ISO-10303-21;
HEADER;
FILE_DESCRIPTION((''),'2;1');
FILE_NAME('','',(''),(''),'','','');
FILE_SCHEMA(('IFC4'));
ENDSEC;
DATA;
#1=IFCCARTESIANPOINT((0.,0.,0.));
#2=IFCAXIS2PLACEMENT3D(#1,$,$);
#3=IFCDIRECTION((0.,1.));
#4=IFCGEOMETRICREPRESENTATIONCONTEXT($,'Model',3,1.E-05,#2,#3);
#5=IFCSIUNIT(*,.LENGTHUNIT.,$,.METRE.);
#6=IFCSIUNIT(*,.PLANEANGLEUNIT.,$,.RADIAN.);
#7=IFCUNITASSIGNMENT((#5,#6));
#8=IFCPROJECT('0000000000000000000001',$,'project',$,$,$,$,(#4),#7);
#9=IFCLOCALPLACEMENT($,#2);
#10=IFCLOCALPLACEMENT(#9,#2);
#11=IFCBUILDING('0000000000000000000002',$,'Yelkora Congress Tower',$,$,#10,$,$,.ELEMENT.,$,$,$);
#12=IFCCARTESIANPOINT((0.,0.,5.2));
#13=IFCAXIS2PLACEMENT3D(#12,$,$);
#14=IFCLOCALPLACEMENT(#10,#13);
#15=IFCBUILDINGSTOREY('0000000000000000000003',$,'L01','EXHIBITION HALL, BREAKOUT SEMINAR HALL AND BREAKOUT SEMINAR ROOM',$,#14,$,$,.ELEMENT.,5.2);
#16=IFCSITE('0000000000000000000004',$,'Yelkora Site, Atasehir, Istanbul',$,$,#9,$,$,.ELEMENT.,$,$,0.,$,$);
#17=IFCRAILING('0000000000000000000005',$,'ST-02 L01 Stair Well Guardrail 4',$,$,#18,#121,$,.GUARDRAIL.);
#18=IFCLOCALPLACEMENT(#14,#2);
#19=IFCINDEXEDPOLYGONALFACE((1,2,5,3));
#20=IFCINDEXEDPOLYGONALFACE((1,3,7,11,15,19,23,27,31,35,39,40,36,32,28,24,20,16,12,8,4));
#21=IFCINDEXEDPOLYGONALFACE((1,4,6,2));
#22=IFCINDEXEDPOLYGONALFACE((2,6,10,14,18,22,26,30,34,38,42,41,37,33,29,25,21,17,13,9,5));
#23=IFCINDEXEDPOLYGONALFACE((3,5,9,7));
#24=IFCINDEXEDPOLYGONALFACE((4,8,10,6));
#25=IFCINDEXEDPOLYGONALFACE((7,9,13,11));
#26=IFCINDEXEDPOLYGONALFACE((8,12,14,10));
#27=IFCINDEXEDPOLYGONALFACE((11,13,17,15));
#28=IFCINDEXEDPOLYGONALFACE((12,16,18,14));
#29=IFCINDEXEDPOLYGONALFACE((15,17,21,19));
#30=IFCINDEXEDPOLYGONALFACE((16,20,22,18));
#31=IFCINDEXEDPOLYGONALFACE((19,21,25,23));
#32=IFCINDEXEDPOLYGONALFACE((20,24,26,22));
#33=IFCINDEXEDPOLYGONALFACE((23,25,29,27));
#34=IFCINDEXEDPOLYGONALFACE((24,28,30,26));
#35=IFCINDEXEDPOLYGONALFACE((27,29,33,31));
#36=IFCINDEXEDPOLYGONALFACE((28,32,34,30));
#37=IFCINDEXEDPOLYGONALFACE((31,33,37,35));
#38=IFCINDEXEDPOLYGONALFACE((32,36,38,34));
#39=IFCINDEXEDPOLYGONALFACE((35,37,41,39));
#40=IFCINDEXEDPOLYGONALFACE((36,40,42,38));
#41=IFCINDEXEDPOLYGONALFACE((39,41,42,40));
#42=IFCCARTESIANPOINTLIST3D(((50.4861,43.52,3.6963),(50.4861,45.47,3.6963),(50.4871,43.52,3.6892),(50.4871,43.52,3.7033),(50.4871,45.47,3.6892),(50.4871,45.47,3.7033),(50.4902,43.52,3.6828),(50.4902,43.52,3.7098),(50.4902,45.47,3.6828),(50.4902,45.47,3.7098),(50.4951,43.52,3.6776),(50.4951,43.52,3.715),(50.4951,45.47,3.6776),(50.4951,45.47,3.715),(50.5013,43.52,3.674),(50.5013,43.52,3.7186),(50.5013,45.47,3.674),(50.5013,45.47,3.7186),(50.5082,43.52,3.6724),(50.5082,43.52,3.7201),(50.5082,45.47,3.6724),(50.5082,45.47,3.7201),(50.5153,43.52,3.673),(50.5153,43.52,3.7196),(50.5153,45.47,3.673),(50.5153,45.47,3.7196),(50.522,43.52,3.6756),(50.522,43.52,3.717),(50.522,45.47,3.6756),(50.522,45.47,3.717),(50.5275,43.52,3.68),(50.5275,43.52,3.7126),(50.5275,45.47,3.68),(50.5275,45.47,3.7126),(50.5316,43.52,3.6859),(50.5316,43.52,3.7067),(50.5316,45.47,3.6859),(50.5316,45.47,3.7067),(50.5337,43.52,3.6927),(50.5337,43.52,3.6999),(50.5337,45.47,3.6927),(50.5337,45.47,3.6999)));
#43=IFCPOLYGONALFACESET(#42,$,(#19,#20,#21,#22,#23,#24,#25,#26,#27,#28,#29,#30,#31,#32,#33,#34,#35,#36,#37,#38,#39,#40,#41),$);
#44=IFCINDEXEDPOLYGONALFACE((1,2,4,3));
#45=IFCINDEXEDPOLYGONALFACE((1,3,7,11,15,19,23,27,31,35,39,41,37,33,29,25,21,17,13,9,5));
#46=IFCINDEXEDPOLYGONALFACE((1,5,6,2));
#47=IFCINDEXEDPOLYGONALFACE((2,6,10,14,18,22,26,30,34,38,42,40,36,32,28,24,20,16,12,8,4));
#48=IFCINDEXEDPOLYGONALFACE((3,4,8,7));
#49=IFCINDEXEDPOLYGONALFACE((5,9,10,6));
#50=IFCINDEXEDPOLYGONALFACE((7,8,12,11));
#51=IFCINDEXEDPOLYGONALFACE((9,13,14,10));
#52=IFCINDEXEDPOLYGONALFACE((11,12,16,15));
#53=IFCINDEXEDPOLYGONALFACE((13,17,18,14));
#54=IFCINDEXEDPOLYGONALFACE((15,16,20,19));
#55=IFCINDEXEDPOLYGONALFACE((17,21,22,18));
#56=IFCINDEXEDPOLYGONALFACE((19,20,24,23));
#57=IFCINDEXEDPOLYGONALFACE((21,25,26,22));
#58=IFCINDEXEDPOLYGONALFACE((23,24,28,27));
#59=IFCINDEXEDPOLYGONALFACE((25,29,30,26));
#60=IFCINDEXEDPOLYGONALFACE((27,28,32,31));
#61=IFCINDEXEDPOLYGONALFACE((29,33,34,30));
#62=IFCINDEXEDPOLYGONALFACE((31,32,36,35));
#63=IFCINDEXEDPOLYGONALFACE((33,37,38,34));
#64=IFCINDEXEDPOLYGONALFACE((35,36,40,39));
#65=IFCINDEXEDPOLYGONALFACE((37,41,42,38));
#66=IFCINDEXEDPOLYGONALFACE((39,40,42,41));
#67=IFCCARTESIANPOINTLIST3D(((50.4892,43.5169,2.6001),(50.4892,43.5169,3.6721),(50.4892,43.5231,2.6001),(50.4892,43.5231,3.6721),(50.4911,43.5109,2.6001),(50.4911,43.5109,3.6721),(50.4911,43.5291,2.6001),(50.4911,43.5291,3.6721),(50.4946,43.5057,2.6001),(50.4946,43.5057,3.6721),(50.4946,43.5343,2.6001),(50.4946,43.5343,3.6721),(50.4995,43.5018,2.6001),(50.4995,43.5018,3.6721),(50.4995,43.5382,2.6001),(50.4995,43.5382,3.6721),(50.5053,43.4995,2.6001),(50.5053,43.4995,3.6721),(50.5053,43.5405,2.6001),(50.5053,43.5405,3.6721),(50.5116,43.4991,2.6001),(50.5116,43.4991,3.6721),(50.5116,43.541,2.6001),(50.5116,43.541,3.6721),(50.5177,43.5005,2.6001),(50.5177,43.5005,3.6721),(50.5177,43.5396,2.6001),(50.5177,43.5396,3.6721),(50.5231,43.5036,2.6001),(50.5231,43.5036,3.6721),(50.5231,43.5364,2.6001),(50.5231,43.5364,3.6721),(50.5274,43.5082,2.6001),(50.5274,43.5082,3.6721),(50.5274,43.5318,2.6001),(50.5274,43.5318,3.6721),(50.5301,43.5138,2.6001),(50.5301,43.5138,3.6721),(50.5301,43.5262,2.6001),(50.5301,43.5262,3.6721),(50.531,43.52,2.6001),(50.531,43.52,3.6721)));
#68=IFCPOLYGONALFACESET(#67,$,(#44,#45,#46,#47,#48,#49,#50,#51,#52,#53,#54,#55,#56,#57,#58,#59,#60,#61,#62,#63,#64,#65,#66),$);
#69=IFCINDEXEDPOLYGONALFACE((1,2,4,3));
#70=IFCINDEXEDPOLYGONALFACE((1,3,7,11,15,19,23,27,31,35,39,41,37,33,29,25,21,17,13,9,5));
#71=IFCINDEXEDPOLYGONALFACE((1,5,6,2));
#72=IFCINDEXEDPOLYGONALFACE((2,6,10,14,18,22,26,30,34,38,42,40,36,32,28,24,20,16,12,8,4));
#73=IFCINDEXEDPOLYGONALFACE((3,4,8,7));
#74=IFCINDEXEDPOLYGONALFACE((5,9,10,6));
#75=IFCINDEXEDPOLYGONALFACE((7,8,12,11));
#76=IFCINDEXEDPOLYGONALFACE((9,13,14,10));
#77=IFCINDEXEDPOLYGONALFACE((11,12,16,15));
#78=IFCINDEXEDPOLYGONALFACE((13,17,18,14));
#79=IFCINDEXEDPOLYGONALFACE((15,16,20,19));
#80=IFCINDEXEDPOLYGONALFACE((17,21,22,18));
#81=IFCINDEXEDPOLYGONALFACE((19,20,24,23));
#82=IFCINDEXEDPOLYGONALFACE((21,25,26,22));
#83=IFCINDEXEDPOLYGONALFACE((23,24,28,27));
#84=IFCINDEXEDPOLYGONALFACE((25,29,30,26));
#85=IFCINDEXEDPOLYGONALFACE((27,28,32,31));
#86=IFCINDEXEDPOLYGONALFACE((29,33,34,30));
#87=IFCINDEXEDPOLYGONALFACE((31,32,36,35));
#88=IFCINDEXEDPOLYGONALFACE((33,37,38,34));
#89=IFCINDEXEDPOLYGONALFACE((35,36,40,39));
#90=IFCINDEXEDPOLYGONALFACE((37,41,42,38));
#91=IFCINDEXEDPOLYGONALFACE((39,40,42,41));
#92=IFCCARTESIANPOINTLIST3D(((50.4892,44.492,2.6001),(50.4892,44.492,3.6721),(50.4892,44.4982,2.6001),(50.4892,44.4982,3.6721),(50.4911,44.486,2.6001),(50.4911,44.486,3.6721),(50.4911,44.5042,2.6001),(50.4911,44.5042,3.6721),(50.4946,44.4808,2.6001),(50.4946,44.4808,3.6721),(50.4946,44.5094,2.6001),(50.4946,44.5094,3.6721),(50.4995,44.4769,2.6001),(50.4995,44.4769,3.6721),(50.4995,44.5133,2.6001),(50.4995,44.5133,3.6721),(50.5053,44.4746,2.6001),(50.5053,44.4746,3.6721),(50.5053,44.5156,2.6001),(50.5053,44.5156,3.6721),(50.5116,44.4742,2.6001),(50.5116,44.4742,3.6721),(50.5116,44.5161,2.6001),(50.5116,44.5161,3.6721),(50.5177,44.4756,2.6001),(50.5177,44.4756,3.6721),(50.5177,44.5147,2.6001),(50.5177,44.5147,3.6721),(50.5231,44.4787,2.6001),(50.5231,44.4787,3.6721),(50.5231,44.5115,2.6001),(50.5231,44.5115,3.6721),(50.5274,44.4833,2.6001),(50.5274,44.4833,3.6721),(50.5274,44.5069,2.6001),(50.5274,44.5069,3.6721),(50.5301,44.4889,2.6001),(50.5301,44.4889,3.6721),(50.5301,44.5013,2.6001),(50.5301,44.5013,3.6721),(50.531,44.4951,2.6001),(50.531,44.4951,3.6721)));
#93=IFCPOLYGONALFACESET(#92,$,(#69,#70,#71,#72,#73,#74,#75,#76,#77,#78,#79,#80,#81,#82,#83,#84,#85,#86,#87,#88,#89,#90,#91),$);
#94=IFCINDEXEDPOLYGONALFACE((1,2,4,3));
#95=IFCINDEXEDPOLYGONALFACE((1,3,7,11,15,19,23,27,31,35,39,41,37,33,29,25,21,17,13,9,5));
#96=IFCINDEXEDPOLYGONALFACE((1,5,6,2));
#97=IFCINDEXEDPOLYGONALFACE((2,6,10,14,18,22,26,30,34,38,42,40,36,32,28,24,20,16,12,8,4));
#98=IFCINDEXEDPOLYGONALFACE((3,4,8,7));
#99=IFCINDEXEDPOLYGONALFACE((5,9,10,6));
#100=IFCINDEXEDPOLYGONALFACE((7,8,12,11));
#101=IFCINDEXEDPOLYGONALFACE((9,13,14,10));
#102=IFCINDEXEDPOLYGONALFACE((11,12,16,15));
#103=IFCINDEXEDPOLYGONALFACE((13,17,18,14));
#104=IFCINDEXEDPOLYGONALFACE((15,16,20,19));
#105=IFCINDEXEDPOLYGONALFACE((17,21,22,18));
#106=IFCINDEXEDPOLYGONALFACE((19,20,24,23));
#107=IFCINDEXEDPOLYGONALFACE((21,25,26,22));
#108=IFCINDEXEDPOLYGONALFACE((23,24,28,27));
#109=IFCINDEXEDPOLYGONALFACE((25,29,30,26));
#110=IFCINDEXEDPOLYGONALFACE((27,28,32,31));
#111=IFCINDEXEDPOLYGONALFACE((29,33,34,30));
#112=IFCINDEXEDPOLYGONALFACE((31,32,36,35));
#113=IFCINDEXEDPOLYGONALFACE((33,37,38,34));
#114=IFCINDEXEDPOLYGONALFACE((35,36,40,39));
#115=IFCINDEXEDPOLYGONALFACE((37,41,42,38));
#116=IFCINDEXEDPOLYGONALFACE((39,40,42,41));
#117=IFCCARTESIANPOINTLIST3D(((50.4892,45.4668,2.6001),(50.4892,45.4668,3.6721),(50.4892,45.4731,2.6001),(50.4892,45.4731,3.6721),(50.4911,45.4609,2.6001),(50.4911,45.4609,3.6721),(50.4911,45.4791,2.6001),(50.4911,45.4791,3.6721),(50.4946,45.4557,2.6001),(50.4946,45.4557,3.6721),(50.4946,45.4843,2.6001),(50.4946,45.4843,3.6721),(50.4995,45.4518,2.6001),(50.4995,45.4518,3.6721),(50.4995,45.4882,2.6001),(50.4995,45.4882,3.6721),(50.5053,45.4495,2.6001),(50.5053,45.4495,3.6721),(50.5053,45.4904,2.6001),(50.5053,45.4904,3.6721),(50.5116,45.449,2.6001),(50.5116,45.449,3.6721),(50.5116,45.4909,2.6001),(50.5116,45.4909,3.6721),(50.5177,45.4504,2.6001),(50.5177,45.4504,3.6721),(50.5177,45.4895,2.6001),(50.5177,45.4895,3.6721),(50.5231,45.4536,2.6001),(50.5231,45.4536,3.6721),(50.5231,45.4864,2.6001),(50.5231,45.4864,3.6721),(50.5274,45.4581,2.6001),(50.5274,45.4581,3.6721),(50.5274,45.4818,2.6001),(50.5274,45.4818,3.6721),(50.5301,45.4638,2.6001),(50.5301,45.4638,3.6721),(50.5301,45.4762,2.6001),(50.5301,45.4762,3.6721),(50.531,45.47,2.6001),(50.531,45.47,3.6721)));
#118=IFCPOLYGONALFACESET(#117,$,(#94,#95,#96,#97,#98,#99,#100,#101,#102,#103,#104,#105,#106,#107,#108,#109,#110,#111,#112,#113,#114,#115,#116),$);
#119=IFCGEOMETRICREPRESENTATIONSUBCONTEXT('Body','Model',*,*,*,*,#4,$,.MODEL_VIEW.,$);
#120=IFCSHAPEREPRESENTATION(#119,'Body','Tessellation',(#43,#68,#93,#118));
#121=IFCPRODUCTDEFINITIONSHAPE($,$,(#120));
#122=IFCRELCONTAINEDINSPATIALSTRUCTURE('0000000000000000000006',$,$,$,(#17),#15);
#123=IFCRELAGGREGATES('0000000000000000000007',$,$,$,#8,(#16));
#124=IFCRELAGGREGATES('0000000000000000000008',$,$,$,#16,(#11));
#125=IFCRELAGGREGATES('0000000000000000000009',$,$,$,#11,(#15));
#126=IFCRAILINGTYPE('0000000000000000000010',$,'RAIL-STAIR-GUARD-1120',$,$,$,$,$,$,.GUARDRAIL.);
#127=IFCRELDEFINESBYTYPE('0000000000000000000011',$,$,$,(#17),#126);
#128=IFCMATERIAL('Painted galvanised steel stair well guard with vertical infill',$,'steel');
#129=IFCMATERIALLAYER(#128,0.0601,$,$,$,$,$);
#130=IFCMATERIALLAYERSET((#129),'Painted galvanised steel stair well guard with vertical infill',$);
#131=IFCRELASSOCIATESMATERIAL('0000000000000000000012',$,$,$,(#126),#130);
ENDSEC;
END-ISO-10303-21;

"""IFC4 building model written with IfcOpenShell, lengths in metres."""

from ifc_helpers import new_model, si_unit, direction, frame, origin, origin_2d, place, context, subcontext, project, spatial, circle, extrude, material, layer, layer_set, type_object, element, save


model = new_model("IFC4")

# Units and contexts
model_context = context("Model", 3, precision=1e-05, world=origin(), true_north=direction((0.0, 1.0)))
body_context = subcontext(model_context, "Body", "Model", "MODEL_VIEW")
ifc_project = project(units=[si_unit("LENGTHUNIT", "METRE"), si_unit("PLANEANGLEUNIT", "RADIAN")], contexts=[model_context])

# Site, building, storey
site_placement = place(None, origin())
site = spatial("IfcSite", under=ifc_project, at=site_placement, Name="Yelkora Site, Atasehir, Istanbul", CompositionType="ELEMENT", RefElevation=0.0)
building_placement = place(site_placement, origin())
building = spatial("IfcBuilding", under=site, at=building_placement, Name="Yelkora Congress Tower", CompositionType="ELEMENT")
storey_placement = place(building_placement, frame((0.0, 0.0, 5.2)))
storey = spatial("IfcBuildingStorey", under=building, at=storey_placement, Name="L01", Description="EXHIBITION HALL, BREAKOUT SEMINAR HALL AND BREAKOUT SEMINAR ROOM", CompositionType="ELEMENT", Elevation=5.2)

# Railing
ifc_material_1 = material(Name="Painted galvanised steel stair well guard with vertical infill", Category="steel")
ifc_layer_1 = layer(ifc_material_1, 0.0601)
ifc_layer_set_1 = layer_set([ifc_layer_1], Name="Painted galvanised steel stair well guard with vertical infill")
railing_type_1 = type_object("IfcRailingType", Name="RAIL-STAIR-GUARD-1120", PredefinedType="GUARDRAIL", material=ifc_layer_set_1)
for number, where, name in (
    (1, (50.51, 43.52, 2.6001), "ST-02 L01 Stair Well Guardrail 4"),
):
    element("IfcRailing", number, at=place(storey_placement, frame(where)), inside=storey, type_object=railing_type_1, Name=name, PredefinedType="GUARDRAIL", context=body_context, shape_type="SweptSolid", body=[
        extrude(circle(Radius=0.0239, at=origin_2d()), frame((0.0, 0.0, 1.0962), z_axis=(0.0, 1.0, 0.0), x_axis=(-1.0, 0.0, 0.0)), (0.0, 0.0, 1.0), 1.95),
        extrude(circle(Radius=0.021, at=origin_2d()), origin(), (0.0, 0.0, 1.0), 1.072),
        extrude(circle(Radius=0.021, at=origin_2d()), frame((0.0, 0.9751, 0.0)), (0.0, 0.0, 1.0), 1.072),
        extrude(circle(Radius=0.021, at=origin_2d()), frame((0.0, 1.95, 0.0)), (0.0, 0.0, 1.0), 1.072),
    ])

save(model, "model.ifc")
